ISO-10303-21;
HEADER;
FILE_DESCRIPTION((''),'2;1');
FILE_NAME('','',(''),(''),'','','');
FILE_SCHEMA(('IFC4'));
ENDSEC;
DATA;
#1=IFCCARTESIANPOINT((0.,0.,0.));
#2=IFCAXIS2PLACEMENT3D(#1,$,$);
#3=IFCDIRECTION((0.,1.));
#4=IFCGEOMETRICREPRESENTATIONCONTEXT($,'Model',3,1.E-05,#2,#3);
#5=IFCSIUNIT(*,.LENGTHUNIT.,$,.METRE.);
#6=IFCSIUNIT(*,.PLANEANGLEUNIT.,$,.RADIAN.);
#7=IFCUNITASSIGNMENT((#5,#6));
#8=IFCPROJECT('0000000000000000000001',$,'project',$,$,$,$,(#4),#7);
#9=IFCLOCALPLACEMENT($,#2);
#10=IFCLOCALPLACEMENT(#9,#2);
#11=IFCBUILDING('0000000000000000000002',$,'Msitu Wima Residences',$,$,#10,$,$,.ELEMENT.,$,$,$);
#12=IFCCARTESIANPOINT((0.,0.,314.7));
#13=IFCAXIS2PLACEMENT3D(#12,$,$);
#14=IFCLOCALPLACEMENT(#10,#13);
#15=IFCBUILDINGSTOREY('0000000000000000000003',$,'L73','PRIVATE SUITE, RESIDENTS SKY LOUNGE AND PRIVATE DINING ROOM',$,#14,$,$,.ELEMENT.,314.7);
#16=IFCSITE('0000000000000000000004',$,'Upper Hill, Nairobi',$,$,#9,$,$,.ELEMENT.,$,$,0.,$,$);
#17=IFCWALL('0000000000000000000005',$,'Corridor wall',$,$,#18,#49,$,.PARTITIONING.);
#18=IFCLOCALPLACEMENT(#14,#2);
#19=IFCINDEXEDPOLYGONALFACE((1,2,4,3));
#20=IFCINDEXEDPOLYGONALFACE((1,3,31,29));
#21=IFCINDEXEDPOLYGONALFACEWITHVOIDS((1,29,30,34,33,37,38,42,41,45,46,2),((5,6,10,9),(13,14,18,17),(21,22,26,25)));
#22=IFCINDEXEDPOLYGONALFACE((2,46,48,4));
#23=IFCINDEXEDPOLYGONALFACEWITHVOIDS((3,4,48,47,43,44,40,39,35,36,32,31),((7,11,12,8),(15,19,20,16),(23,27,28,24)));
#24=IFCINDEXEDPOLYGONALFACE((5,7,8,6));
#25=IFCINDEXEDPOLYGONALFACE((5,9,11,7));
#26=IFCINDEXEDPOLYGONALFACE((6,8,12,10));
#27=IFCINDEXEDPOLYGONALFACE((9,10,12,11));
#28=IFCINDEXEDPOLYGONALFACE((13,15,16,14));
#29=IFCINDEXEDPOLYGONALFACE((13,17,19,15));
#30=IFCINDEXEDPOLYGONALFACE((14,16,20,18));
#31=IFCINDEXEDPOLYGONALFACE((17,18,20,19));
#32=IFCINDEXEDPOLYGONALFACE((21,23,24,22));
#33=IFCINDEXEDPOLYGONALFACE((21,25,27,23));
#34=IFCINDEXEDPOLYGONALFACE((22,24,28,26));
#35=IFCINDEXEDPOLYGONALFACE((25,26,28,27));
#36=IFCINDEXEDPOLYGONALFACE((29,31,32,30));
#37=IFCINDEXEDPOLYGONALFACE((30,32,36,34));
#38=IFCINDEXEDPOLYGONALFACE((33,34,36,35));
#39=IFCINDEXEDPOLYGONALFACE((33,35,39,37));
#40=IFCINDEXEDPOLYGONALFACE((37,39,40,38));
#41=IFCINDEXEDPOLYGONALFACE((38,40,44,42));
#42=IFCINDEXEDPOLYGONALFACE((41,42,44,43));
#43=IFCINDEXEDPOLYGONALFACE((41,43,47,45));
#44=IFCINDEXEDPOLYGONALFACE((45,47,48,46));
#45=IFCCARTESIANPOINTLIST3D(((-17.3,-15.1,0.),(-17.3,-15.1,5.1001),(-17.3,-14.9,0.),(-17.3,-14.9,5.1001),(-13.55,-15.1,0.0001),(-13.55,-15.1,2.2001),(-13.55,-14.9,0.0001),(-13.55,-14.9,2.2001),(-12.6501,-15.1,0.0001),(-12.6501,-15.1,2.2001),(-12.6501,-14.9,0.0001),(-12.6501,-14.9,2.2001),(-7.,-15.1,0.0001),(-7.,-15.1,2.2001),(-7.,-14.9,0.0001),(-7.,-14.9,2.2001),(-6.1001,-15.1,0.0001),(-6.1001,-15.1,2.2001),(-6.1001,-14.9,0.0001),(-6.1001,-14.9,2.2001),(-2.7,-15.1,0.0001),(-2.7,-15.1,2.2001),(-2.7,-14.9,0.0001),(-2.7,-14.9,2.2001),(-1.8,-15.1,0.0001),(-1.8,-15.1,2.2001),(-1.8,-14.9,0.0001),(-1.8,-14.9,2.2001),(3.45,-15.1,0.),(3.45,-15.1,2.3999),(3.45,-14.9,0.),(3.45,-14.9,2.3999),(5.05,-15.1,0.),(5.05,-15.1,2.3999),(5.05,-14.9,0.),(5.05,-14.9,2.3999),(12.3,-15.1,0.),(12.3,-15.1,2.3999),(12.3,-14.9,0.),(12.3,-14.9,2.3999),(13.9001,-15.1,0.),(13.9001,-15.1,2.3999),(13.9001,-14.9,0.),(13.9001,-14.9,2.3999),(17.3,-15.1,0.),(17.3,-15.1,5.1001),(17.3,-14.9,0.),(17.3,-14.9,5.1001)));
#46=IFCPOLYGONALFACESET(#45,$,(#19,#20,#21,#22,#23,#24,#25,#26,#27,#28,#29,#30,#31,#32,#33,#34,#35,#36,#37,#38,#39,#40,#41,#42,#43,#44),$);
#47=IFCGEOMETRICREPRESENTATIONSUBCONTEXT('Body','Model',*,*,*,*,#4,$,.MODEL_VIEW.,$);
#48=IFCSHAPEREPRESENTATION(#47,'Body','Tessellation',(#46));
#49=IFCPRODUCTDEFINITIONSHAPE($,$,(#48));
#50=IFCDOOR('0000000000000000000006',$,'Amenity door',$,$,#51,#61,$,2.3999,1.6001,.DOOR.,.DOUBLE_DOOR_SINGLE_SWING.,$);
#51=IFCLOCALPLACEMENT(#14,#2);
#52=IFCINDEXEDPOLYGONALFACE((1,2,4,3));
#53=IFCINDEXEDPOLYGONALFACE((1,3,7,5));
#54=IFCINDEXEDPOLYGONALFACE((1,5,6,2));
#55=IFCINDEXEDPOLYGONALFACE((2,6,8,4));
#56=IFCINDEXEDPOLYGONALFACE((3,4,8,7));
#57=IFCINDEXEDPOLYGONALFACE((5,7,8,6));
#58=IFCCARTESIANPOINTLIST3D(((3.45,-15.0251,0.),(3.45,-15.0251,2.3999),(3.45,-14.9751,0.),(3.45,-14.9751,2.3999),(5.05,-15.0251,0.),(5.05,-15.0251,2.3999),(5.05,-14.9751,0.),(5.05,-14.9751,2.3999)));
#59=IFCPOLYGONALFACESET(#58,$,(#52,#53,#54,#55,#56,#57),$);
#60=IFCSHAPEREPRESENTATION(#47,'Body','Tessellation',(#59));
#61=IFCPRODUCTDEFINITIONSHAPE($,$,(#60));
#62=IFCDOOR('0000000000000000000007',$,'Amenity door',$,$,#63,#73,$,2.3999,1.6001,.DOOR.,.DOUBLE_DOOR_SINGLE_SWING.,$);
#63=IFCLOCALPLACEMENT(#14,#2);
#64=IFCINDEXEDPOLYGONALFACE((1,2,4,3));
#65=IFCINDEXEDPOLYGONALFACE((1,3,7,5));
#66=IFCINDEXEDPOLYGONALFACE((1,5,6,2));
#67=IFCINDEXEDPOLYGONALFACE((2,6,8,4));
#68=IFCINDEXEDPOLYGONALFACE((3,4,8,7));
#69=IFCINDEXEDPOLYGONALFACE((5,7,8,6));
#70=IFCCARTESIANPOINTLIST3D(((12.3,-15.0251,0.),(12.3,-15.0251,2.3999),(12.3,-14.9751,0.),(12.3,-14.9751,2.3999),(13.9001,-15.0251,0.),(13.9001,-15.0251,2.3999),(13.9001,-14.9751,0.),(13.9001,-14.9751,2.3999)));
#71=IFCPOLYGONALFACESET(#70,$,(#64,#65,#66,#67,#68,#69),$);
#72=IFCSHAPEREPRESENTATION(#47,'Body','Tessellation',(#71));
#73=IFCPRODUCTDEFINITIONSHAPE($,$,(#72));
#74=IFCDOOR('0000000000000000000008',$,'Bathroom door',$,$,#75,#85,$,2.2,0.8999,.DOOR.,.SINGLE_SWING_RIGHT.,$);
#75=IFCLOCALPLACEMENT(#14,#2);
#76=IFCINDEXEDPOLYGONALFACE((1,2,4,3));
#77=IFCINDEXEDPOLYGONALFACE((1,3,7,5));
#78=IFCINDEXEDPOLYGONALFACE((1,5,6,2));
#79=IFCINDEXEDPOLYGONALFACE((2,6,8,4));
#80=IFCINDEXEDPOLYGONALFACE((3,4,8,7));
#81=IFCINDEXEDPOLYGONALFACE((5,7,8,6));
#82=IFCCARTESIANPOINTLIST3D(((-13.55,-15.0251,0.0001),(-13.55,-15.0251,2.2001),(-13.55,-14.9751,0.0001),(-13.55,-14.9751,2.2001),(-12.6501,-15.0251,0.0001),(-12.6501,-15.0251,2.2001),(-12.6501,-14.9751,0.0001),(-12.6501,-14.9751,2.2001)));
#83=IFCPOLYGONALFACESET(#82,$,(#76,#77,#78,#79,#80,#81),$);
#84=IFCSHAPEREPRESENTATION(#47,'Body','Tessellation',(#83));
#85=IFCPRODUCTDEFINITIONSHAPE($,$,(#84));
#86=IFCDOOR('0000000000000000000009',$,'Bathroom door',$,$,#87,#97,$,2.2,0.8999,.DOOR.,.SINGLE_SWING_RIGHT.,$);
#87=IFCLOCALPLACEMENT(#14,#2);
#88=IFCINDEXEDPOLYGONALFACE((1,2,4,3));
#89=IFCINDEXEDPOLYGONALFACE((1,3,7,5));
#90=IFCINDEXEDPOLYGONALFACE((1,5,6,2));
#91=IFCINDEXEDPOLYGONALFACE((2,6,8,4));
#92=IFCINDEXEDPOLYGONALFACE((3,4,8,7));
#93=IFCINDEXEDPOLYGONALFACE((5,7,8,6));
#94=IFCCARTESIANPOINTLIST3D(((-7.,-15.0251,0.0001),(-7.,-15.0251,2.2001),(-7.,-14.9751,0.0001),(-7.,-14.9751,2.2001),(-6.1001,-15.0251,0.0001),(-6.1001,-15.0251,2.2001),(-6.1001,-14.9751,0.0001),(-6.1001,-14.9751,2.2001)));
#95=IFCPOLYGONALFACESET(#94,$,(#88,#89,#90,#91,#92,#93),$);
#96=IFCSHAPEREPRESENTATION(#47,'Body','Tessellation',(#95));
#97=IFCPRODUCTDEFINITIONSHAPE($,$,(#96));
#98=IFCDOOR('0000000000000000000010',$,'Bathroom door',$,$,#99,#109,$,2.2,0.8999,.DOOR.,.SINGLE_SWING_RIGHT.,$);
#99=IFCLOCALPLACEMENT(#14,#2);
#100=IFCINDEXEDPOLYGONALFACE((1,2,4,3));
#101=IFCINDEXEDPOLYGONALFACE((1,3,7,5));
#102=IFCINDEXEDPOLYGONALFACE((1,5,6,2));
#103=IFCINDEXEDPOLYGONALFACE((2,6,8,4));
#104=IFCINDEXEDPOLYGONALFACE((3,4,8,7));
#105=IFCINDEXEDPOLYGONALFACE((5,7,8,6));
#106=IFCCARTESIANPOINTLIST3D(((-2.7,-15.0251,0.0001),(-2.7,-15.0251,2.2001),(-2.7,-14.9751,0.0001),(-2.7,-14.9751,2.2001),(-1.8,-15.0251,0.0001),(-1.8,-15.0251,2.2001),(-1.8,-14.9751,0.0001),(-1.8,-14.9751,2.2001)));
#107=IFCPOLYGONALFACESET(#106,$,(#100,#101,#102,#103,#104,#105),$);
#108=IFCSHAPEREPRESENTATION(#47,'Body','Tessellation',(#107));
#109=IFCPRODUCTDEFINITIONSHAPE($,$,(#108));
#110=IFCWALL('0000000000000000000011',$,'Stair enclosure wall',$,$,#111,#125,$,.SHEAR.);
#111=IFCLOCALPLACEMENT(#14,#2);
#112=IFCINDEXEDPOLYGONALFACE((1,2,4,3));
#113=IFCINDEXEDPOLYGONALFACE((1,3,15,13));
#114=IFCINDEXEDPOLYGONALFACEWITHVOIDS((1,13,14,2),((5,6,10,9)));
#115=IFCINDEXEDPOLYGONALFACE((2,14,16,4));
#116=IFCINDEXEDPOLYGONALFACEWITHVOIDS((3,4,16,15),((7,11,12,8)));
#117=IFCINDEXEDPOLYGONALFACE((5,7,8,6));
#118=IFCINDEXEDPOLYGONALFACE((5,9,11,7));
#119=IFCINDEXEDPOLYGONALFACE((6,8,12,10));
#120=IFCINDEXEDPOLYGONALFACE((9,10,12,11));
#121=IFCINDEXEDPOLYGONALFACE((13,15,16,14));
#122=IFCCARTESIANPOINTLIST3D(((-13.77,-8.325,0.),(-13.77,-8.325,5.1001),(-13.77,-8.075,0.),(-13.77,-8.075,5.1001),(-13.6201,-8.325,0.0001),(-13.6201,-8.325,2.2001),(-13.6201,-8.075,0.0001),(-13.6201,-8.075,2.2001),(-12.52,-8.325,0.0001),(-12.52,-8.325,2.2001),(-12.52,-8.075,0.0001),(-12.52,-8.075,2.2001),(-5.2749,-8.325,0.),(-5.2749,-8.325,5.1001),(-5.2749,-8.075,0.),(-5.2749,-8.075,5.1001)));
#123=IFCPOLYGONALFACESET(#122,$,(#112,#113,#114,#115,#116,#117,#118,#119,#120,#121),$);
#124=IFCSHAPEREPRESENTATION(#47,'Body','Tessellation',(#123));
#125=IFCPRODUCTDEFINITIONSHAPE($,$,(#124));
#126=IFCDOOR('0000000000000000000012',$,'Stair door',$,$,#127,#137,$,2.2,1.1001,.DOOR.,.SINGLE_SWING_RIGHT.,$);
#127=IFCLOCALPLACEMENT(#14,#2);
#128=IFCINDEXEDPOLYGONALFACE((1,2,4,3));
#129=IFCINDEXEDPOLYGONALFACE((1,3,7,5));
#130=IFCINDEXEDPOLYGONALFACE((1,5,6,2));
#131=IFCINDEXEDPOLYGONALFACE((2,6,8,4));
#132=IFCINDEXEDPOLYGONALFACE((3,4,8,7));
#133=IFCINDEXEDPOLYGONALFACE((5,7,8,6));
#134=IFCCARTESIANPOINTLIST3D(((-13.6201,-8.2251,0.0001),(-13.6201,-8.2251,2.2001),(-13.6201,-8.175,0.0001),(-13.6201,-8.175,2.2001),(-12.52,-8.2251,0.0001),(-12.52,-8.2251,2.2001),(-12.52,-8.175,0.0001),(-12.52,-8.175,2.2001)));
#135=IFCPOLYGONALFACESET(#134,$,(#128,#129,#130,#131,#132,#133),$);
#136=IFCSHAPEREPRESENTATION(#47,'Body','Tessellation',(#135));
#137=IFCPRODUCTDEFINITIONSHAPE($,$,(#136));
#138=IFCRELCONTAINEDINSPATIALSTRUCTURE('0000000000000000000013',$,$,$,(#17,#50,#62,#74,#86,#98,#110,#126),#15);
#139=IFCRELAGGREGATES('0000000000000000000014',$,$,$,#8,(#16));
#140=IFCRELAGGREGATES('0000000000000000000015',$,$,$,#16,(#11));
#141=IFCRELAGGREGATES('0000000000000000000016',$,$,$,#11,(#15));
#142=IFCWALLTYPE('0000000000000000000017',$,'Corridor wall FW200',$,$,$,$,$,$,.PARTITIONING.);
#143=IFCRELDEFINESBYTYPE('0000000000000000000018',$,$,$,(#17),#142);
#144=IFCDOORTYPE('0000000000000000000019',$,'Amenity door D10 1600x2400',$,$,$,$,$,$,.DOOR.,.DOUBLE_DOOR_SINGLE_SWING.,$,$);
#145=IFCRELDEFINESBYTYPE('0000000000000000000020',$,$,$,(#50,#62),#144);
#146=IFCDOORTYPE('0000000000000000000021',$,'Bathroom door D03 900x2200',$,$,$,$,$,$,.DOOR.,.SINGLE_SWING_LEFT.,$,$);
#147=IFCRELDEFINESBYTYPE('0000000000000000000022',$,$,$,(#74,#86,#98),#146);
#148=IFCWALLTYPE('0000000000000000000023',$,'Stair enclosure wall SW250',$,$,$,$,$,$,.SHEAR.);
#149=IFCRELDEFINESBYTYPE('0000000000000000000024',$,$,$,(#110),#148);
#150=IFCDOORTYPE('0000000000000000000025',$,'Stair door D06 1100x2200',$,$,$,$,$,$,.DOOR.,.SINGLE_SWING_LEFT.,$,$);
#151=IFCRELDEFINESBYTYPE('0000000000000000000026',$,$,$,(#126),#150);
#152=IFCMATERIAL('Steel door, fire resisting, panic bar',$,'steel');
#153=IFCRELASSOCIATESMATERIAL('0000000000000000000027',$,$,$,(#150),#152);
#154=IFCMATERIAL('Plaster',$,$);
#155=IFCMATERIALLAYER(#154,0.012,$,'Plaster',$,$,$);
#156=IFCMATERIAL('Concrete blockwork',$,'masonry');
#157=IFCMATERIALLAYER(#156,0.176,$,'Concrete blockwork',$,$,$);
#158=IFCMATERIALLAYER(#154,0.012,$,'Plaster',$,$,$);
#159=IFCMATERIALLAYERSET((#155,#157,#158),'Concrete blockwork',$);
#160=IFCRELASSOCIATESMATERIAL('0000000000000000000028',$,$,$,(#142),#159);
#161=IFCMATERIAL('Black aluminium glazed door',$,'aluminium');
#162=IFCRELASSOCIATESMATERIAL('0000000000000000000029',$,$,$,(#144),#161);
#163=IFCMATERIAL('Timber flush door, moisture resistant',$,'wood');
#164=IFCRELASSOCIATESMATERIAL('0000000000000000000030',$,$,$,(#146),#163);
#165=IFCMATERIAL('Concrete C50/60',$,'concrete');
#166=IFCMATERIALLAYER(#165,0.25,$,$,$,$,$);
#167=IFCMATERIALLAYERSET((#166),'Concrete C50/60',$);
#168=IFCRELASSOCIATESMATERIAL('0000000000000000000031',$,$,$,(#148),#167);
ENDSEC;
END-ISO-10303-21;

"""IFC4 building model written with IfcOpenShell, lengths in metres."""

from ifc_helpers import new_model, si_unit, direction, frame, frame_2d, origin, place, context, subcontext, project, spatial, rectangle, extrude, material, layer, layer_set, type_object, element, fill, save


model = new_model("IFC4")

# Units and contexts
model_context = context("Model", 3, precision=1e-05, world=origin(), true_north=direction((0.0, 1.0)))
body_context = subcontext(model_context, "Body", "Model", "MODEL_VIEW")
ifc_project = project(units=[si_unit("LENGTHUNIT", "METRE"), si_unit("PLANEANGLEUNIT", "RADIAN")], contexts=[model_context])

# Site, building, storey
site_placement = place(None, origin())
site = spatial("IfcSite", under=ifc_project, at=site_placement, Name="Upper Hill, Nairobi", CompositionType="ELEMENT", RefElevation=0.0)
building_placement = place(site_placement, origin())
building = spatial("IfcBuilding", under=site, at=building_placement, Name="Msitu Wima Residences", CompositionType="ELEMENT")
storey_placement = place(building_placement, frame((0.0, 0.0, 314.7)))
storey = spatial("IfcBuildingStorey", under=building, at=storey_placement, Name="L73", Description="PRIVATE SUITE, RESIDENTS SKY LOUNGE AND PRIVATE DINING ROOM", CompositionType="ELEMENT", Elevation=314.7)

# Shared definitions
ifc_material_1 = material(Name="Concrete C50/60", Category="concrete")

# Wall, openings, doors
ifc_material_2 = material(Name="Steel door, fire resisting, panic bar", Category="steel")
door_type_1 = type_object("IfcDoorType", Name="Stair door D06 1100x2200", OperationType="SINGLE_SWING_LEFT", PredefinedType="DOOR", material=ifc_material_2)
ifc_material_3 = material(Name="Plaster")
ifc_layer_1 = layer(ifc_material_3, 0.012, Name="Plaster")
ifc_material_4 = material(Name="Concrete blockwork", Category="masonry")
ifc_layer_2 = layer(ifc_material_4, 0.176, Name="Concrete blockwork")
ifc_layer_3 = layer(ifc_material_3, 0.012, Name="Plaster")
ifc_layer_set_1 = layer_set([ifc_layer_1, ifc_layer_2, ifc_layer_3], Name="Concrete blockwork")
wall_type_1 = type_object("IfcWallType", Name="Corridor wall FW200", PredefinedType="PARTITIONING", material=ifc_layer_set_1)
wall_1_placement = place(storey_placement, frame((-17.3, -15.0, 0.0), z_axis=(0.0, 0.0, 1.0), x_axis=(1.0, 0.0, 0.0)))
wall_1 = element("IfcWall", 1, at=wall_1_placement, inside=storey, type_object=wall_type_1, Name="Corridor wall", PredefinedType="PARTITIONING", context=body_context, shape_type="SweptSolid", body=[
    extrude(rectangle(XDim=34.6001, YDim=0.2, at=frame_2d((17.3, 0.0))), origin(), (0.0, 0.0, 1.0), 5.1001),
])
opening_1_placement = place(wall_1_placement, frame((3.75, 0.0, 0.0)))
opening_1 = element("IfcOpeningElement", 2, at=opening_1_placement, cuts=wall_1, PredefinedType="OPENING", context=body_context, shape_type="SweptSolid", body=[
    extrude(rectangle(XDim=0.8999, YDim=2.2, at=frame_2d((0.45, 1.1001))), frame((0.0, 0.1099, 0.0), z_axis=(0.0, -1.0, 0.0), x_axis=(1.0, 0.0, 0.0)), (0.0, 0.0, 1.0), 0.22),
])
opening_2_placement = place(wall_1_placement, frame((10.3, 0.0, 0.0)))
opening_2 = element("IfcOpeningElement", 3, at=opening_2_placement, cuts=wall_1, PredefinedType="OPENING", context=body_context, shape_type="SweptSolid", body=[
    extrude(rectangle(XDim=0.8999, YDim=2.2, at=frame_2d((0.45, 1.1001))), frame((0.0, 0.1099, 0.0), z_axis=(0.0, -1.0, 0.0), x_axis=(1.0, 0.0, 0.0)), (0.0, 0.0, 1.0), 0.22),
])
opening_3_placement = place(wall_1_placement, frame((14.6001, 0.0, 0.0)))
opening_3 = element("IfcOpeningElement", 4, at=opening_3_placement, cuts=wall_1, PredefinedType="OPENING", context=body_context, shape_type="SweptSolid", body=[
    extrude(rectangle(XDim=0.8999, YDim=2.2, at=frame_2d((0.45, 1.1001))), frame((0.0, 0.1099, 0.0), z_axis=(0.0, -1.0, 0.0), x_axis=(1.0, 0.0, 0.0)), (0.0, 0.0, 1.0), 0.22),
])
opening_4_placement = place(wall_1_placement, frame((20.75, 0.0, 0.0)))
opening_4 = element("IfcOpeningElement", 5, at=opening_4_placement, cuts=wall_1, PredefinedType="OPENING", context=body_context, shape_type="SweptSolid", body=[
    extrude(rectangle(XDim=1.6001, YDim=2.3999, at=frame_2d((0.8, 1.2))), frame((0.0, 0.1099, 0.0), z_axis=(0.0, -1.0, 0.0), x_axis=(1.0, 0.0, 0.0)), (0.0, 0.0, 1.0), 0.22),
])
opening_5_placement = place(wall_1_placement, frame((29.6001, 0.0, 0.0)))
opening_5 = element("IfcOpeningElement", 6, at=opening_5_placement, cuts=wall_1, PredefinedType="OPENING", context=body_context, shape_type="SweptSolid", body=[
    extrude(rectangle(XDim=1.6001, YDim=2.3999, at=frame_2d((0.8, 1.2))), frame((0.0, 0.1099, 0.0), z_axis=(0.0, -1.0, 0.0), x_axis=(1.0, 0.0, 0.0)), (0.0, 0.0, 1.0), 0.22),
])
ifc_material_5 = material(Name="Black aluminium glazed door", Category="aluminium")
door_type_2 = type_object("IfcDoorType", Name="Amenity door D10 1600x2400", OperationType="DOUBLE_DOOR_SINGLE_SWING", PredefinedType="DOOR", material=ifc_material_5)
door_1_placement = place(opening_4_placement, origin())
door_1 = element("IfcDoor", 7, at=door_1_placement, inside=storey, type_object=door_type_2, Name="Amenity door", OperationType="DOUBLE_DOOR_SINGLE_SWING", OverallHeight=2.3999, OverallWidth=1.6001, PredefinedType="DOOR", context=body_context, shape_type="SweptSolid", body=[
    extrude(rectangle(XDim=1.6001, YDim=2.3999, at=frame_2d((0.8, 1.2))), frame((0.0, 0.0249, 0.0), z_axis=(0.0, -1.0, 0.0), x_axis=(1.0, 0.0, 0.0)), (0.0, 0.0, 1.0), 0.05),
])
fill(opening_4, door_1)
door_2_placement = place(opening_5_placement, origin())
door_2 = element("IfcDoor", 8, at=door_2_placement, inside=storey, type_object=door_type_2, Name="Amenity door", OperationType="DOUBLE_DOOR_SINGLE_SWING", OverallHeight=2.3999, OverallWidth=1.6001, PredefinedType="DOOR", context=body_context, shape_type="SweptSolid", body=[
    extrude(rectangle(XDim=1.6001, YDim=2.3999, at=frame_2d((0.8, 1.2))), frame((0.0, 0.0249, 0.0), z_axis=(0.0, -1.0, 0.0), x_axis=(1.0, 0.0, 0.0)), (0.0, 0.0, 1.0), 0.05),
])
fill(opening_5, door_2)
ifc_material_6 = material(Name="Timber flush door, moisture resistant", Category="wood")
door_type_3 = type_object("IfcDoorType", Name="Bathroom door D03 900x2200", OperationType="SINGLE_SWING_LEFT", PredefinedType="DOOR", material=ifc_material_6)
door_3_placement = place(opening_1_placement, origin())
door_3 = element("IfcDoor", 9, at=door_3_placement, inside=storey, type_object=door_type_3, Name="Bathroom door", OperationType="SINGLE_SWING_RIGHT", OverallHeight=2.2, OverallWidth=0.8999, PredefinedType="DOOR", context=body_context, shape_type="SweptSolid", body=[
    extrude(rectangle(XDim=0.8999, YDim=2.2, at=frame_2d((0.45, 1.1001))), frame((0.0, 0.0249, 0.0), z_axis=(0.0, -1.0, 0.0), x_axis=(1.0, 0.0, 0.0)), (0.0, 0.0, 1.0), 0.05),
])
fill(opening_1, door_3)
door_4_placement = place(opening_2_placement, origin())
door_4 = element("IfcDoor", 10, at=door_4_placement, inside=storey, type_object=door_type_3, Name="Bathroom door", OperationType="SINGLE_SWING_RIGHT", OverallHeight=2.2, OverallWidth=0.8999, PredefinedType="DOOR", context=body_context, shape_type="SweptSolid", body=[
    extrude(rectangle(XDim=0.8999, YDim=2.2, at=frame_2d((0.45, 1.1001))), frame((0.0, 0.0249, 0.0), z_axis=(0.0, -1.0, 0.0), x_axis=(1.0, 0.0, 0.0)), (0.0, 0.0, 1.0), 0.05),
])
fill(opening_2, door_4)
door_5_placement = place(opening_3_placement, origin())
door_5 = element("IfcDoor", 11, at=door_5_placement, inside=storey, type_object=door_type_3, Name="Bathroom door", OperationType="SINGLE_SWING_RIGHT", OverallHeight=2.2, OverallWidth=0.8999, PredefinedType="DOOR", context=body_context, shape_type="SweptSolid", body=[
    extrude(rectangle(XDim=0.8999, YDim=2.2, at=frame_2d((0.45, 1.1001))), frame((0.0, 0.0249, 0.0), z_axis=(0.0, -1.0, 0.0), x_axis=(1.0, 0.0, 0.0)), (0.0, 0.0, 1.0), 0.05),
])
fill(opening_3, door_5)

# Wall, opening, door
ifc_layer_4 = layer(ifc_material_1, 0.25)
ifc_layer_set_2 = layer_set([ifc_layer_4], Name="Concrete C50/60")
wall_type_2 = type_object("IfcWallType", Name="Stair enclosure wall SW250", PredefinedType="SHEAR", material=ifc_layer_set_2)
wall_2_placement = place(storey_placement, frame((-13.77, -8.2, 0.0), z_axis=(0.0, 0.0, 1.0), x_axis=(1.0, 0.0, 0.0)))
wall_2 = element("IfcWall", 12, at=wall_2_placement, inside=storey, type_object=wall_type_2, Name="Stair enclosure wall", PredefinedType="SHEAR", context=body_context, shape_type="SweptSolid", body=[
    extrude(rectangle(XDim=8.4951, YDim=0.25, at=frame_2d((4.2476, 0.0))), origin(), (0.0, 0.0, 1.0), 5.1001),
])
opening_6_placement = place(wall_2_placement, frame((0.1499, 0.0, 0.0)))
opening_6 = element("IfcOpeningElement", 13, at=opening_6_placement, cuts=wall_2, PredefinedType="OPENING", context=body_context, shape_type="SweptSolid", body=[
    extrude(rectangle(XDim=1.1001, YDim=2.2, at=frame_2d((0.55, 1.1001))), frame((0.0, 0.135, 0.0), z_axis=(0.0, -1.0, 0.0), x_axis=(1.0, 0.0, 0.0)), (0.0, 0.0, 1.0), 0.27),
])
door_6_placement = place(opening_6_placement, origin())
door_6 = element("IfcDoor", 14, at=door_6_placement, inside=storey, type_object=door_type_1, Name="Stair door", OperationType="SINGLE_SWING_RIGHT", OverallHeight=2.2, OverallWidth=1.1001, PredefinedType="DOOR", context=body_context, shape_type="SweptSolid", body=[
    extrude(rectangle(XDim=1.1001, YDim=2.2, at=frame_2d((0.55, 1.1001))), frame((0.0, 0.0249, 0.0), z_axis=(0.0, -1.0, 0.0), x_axis=(1.0, 0.0, 0.0)), (0.0, 0.0, 1.0), 0.05),
])
fill(opening_6, door_6)

save(model, "model.ifc")
